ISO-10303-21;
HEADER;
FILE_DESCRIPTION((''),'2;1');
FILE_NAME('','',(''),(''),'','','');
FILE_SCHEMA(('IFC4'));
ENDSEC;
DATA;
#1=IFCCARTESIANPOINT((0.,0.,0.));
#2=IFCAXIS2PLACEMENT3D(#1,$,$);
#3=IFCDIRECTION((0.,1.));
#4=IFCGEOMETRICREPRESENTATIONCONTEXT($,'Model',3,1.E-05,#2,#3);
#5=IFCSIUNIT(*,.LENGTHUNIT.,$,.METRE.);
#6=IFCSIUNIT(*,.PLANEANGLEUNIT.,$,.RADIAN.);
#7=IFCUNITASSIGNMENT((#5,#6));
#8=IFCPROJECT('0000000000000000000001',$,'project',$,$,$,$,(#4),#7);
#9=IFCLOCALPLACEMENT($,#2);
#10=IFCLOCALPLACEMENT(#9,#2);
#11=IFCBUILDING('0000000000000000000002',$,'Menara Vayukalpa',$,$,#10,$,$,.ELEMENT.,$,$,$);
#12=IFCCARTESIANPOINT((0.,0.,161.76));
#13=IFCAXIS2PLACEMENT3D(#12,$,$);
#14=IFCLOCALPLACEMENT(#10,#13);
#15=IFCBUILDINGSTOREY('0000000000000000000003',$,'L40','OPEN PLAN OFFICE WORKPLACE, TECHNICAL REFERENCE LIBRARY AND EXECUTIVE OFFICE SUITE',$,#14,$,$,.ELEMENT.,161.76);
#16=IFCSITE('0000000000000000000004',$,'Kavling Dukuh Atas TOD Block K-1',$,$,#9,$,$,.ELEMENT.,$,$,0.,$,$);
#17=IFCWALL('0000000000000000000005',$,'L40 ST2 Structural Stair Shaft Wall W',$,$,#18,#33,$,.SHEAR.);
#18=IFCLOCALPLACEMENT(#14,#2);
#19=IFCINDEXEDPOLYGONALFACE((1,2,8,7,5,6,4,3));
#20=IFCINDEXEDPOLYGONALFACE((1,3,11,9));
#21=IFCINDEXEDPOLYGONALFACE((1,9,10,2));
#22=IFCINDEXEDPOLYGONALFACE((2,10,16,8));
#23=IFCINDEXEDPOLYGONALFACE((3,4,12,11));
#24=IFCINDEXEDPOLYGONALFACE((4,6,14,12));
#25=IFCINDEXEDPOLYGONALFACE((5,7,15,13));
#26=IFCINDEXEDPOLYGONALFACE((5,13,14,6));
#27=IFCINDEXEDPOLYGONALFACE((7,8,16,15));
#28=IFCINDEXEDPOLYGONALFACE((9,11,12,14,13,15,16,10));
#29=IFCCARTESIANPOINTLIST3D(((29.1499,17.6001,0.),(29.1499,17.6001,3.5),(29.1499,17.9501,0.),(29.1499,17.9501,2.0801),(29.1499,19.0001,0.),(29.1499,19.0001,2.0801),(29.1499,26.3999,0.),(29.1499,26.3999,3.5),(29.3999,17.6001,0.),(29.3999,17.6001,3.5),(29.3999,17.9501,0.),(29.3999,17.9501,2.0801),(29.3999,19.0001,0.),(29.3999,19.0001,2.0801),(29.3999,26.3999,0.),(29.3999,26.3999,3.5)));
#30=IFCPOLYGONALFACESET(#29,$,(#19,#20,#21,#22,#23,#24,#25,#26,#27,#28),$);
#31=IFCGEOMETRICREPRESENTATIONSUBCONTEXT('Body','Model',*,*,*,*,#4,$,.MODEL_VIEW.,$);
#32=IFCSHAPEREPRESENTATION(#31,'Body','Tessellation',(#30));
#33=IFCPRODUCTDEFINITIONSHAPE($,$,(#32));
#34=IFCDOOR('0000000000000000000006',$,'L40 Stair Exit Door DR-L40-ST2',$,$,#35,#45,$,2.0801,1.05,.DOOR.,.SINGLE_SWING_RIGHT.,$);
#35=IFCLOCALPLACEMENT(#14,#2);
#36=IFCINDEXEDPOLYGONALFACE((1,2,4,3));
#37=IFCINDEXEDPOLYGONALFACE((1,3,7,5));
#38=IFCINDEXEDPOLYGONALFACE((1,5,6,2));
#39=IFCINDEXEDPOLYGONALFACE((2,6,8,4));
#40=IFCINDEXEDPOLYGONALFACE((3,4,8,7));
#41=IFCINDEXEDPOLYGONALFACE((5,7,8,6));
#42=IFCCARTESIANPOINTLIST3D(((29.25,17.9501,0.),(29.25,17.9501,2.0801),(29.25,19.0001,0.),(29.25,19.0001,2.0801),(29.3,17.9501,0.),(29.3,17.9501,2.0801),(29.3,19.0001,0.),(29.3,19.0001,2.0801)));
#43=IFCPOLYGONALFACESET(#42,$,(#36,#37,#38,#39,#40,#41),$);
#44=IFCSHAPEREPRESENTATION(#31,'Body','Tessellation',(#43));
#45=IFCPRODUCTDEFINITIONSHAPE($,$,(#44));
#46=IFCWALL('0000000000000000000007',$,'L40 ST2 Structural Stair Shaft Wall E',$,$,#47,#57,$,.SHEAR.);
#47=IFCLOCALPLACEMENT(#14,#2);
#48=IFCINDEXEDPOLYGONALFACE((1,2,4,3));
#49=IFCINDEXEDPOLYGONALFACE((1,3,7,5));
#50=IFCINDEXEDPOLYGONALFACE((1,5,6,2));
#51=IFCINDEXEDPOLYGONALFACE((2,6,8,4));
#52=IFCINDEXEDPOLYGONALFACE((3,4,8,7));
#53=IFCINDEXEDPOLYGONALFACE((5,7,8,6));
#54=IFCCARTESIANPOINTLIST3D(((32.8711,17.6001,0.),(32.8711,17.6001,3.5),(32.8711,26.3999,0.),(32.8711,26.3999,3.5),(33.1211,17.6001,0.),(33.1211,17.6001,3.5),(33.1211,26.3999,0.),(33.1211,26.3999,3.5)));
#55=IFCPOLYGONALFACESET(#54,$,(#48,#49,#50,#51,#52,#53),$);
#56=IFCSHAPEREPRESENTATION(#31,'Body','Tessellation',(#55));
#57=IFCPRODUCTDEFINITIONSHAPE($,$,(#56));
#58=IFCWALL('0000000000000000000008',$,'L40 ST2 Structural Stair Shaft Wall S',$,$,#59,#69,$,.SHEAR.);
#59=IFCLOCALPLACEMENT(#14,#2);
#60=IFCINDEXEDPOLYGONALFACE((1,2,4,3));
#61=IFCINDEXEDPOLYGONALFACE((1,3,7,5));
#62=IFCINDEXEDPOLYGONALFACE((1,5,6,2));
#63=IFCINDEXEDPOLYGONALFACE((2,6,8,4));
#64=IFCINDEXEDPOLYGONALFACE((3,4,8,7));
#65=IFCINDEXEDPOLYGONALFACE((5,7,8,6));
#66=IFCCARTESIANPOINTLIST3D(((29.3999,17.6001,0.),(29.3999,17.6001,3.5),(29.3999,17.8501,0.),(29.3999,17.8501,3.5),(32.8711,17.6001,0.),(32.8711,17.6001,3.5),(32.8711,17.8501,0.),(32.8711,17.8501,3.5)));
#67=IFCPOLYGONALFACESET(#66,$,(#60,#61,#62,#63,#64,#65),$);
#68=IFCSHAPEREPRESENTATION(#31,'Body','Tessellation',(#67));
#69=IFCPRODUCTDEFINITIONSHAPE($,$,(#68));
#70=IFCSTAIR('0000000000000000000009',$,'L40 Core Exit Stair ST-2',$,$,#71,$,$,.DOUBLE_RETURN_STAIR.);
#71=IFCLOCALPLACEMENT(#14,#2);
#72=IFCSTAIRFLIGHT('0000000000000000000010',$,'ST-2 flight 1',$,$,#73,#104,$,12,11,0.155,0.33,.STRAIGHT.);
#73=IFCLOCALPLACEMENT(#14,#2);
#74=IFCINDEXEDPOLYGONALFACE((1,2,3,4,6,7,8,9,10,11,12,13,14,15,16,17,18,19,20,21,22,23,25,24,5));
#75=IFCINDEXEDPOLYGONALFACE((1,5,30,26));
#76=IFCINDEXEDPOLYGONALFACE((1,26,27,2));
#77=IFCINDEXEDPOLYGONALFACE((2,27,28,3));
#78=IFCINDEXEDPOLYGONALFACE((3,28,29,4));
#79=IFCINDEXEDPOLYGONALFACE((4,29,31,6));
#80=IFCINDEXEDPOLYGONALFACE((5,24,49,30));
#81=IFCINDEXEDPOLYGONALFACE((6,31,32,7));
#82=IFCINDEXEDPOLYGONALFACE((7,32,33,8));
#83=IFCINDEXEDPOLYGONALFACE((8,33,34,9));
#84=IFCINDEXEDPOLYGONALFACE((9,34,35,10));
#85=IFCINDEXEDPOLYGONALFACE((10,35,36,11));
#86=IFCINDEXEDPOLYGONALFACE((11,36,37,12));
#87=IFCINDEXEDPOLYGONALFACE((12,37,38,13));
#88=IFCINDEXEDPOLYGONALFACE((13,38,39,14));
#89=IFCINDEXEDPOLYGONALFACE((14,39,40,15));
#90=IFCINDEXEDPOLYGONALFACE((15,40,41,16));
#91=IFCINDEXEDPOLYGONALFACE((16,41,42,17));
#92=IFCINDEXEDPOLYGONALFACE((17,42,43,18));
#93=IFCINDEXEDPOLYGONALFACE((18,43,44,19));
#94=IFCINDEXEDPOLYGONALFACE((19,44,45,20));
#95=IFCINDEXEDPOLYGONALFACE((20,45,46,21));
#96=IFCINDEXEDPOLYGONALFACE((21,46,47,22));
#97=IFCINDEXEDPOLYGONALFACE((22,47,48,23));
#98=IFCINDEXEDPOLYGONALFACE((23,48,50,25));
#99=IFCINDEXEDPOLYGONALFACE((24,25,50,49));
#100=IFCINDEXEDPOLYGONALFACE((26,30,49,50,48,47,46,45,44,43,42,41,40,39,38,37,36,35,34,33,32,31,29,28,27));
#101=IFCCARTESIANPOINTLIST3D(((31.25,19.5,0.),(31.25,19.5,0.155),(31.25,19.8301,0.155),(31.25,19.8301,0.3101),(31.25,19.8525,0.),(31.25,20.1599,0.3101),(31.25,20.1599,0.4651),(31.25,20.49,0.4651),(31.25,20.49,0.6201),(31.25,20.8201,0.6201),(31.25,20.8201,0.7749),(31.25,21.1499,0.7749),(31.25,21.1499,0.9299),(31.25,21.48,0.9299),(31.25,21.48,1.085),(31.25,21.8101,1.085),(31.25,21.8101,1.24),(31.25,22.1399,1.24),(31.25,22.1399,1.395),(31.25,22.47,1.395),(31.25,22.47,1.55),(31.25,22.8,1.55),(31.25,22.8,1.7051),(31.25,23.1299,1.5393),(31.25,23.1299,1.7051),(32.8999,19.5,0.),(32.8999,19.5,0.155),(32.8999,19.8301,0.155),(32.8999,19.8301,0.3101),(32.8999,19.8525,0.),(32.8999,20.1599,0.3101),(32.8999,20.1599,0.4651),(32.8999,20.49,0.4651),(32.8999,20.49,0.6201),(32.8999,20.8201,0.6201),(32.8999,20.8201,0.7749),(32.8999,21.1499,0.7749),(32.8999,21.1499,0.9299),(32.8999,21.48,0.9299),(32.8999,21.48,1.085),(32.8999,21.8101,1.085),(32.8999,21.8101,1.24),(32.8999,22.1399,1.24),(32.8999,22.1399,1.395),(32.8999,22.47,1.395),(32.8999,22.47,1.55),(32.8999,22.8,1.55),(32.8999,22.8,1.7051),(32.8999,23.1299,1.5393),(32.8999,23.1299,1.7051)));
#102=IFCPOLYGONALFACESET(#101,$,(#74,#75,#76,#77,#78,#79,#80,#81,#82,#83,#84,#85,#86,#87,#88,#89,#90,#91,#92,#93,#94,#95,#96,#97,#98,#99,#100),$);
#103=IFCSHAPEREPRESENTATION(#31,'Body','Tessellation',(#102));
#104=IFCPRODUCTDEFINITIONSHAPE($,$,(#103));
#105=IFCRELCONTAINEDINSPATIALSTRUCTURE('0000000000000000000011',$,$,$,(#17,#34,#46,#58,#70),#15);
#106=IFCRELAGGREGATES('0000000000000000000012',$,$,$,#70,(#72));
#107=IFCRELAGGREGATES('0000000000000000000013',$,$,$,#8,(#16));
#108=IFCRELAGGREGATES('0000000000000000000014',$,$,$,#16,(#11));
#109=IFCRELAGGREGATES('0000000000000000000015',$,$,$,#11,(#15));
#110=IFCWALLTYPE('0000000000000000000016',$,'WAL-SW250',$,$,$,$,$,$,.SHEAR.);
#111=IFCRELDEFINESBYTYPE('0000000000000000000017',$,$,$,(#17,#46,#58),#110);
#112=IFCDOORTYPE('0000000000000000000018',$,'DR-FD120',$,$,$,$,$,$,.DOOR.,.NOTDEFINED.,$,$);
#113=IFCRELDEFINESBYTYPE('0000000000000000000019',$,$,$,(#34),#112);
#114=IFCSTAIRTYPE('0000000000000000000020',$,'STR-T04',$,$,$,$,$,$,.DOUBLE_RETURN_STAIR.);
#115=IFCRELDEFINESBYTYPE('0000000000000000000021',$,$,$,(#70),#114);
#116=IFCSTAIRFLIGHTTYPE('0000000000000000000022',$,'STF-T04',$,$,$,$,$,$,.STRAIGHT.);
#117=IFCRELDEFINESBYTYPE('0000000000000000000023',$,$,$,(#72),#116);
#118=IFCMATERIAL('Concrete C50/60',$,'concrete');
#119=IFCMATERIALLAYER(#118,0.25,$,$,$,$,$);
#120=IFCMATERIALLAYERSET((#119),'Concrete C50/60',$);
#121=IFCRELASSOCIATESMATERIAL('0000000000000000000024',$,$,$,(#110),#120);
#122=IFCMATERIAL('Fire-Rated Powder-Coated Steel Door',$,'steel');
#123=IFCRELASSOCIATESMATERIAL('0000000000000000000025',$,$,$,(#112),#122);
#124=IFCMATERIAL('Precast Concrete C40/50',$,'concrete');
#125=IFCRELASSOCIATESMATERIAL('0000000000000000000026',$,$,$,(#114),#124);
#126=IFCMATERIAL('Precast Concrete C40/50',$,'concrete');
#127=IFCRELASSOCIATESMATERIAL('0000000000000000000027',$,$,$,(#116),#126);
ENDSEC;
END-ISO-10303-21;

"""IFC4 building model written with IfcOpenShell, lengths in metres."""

from ifc_helpers import new_model, si_unit, direction, frame, frame_2d, origin, place, context, subcontext, project, spatial, polyline, rectangle, outline, extrude, material, layer, layer_set, type_object, element, fill, aggregate, save


model = new_model("IFC4")

# Units and contexts
model_context = context("Model", 3, precision=1e-05, world=origin(), true_north=direction((0.0, 1.0)))
body_context = subcontext(model_context, "Body", "Model", "MODEL_VIEW")
ifc_project = project(units=[si_unit("LENGTHUNIT", "METRE"), si_unit("PLANEANGLEUNIT", "RADIAN")], contexts=[model_context])

# Site, building, storey
site_placement = place(None, origin())
site = spatial("IfcSite", under=ifc_project, at=site_placement, Name="Kavling Dukuh Atas TOD Block K-1", CompositionType="ELEMENT", RefElevation=0.0)
building_placement = place(site_placement, origin())
building = spatial("IfcBuilding", under=site, at=building_placement, Name="Menara Vayukalpa", CompositionType="ELEMENT")
storey_placement = place(building_placement, frame((0.0, 0.0, 161.76)))
storey = spatial("IfcBuildingStorey", under=building, at=storey_placement, Name="L40", Description="OPEN PLAN OFFICE WORKPLACE, TECHNICAL REFERENCE LIBRARY AND EXECUTIVE OFFICE SUITE", CompositionType="ELEMENT", Elevation=161.76)

# Wall, opening, door
ifc_material_1 = material(Name="Concrete C50/60", Category="concrete")
ifc_layer_1 = layer(ifc_material_1, 0.25)
ifc_layer_set_1 = layer_set([ifc_layer_1], Name="Concrete C50/60")
wall_type_1 = type_object("IfcWallType", Name="WAL-SW250", PredefinedType="SHEAR", material=ifc_layer_set_1)
wall_1_placement = place(storey_placement, frame((29.2749, 17.6001, 0.0), z_axis=(0.0, 0.0, 1.0), x_axis=(0.0, 1.0, 0.0)))
wall_1 = element("IfcWall", 1, at=wall_1_placement, inside=storey, type_object=wall_type_1, Name="L40 ST2 Structural Stair Shaft Wall W", PredefinedType="SHEAR", context=body_context, shape_type="SweptSolid", body=[
    extrude(rectangle(XDim=8.7998, YDim=0.25, at=frame_2d((4.3999, 0.0))), origin(), (0.0, 0.0, 1.0), 3.5),
])
opening_1_placement = place(wall_1_placement, frame((0.3501, 0.0, 0.0)))
opening_1 = element("IfcOpeningElement", 2, at=opening_1_placement, cuts=wall_1, PredefinedType="OPENING", context=body_context, shape_type="SweptSolid", body=[
    extrude(rectangle(XDim=1.05, YDim=2.0801, at=frame_2d((0.5249, 1.04))), frame((0.0, 0.135, 0.0), z_axis=(0.0, -1.0, 0.0), x_axis=(1.0, 0.0, 0.0)), (0.0, 0.0, 1.0), 0.27),
])
ifc_material_2 = material(Name="Fire-Rated Powder-Coated Steel Door", Category="steel")
door_type_1 = type_object("IfcDoorType", Name="DR-FD120", OperationType="NOTDEFINED", PredefinedType="DOOR", material=ifc_material_2)
door_1_placement = place(opening_1_placement, origin())
door_1 = element("IfcDoor", 3, at=door_1_placement, inside=storey, type_object=door_type_1, Name="L40 Stair Exit Door DR-L40-ST2", OperationType="SINGLE_SWING_RIGHT", OverallHeight=2.0801, OverallWidth=1.05, PredefinedType="DOOR", context=body_context, shape_type="SweptSolid", body=[
    extrude(rectangle(XDim=1.05, YDim=2.0801, at=frame_2d((0.5249, 1.04))), frame((0.0, 0.0249, 0.0), z_axis=(0.0, -1.0, 0.0), x_axis=(1.0, 0.0, 0.0)), (0.0, 0.0, 1.0), 0.05),
])
fill(opening_1, door_1)

# Walls
wall_2_placement = place(storey_placement, frame((32.9961, 17.6001, 0.0), z_axis=(0.0, 0.0, 1.0), x_axis=(0.0, 1.0, 0.0)))
element("IfcWall", 4, at=wall_2_placement, inside=storey, type_object=wall_type_1, Name="L40 ST2 Structural Stair Shaft Wall E", PredefinedType="SHEAR", context=body_context, shape_type="SweptSolid", body=[
    extrude(rectangle(XDim=8.7998, YDim=0.25, at=frame_2d((4.3999, 0.0))), origin(), (0.0, 0.0, 1.0), 3.5),
])
wall_3_placement = place(storey_placement, frame((29.3999, 17.7251, 0.0), z_axis=(0.0, 0.0, 1.0), x_axis=(1.0, 0.0, 0.0)))
element("IfcWall", 5, at=wall_3_placement, inside=storey, type_object=wall_type_1, Name="L40 ST2 Structural Stair Shaft Wall S", PredefinedType="SHEAR", context=body_context, shape_type="SweptSolid", body=[
    extrude(rectangle(XDim=3.4712, YDim=0.25, at=frame_2d((1.7356, 0.0))), origin(), (0.0, 0.0, 1.0), 3.5),
])

# Stair, stair flight
ifc_material_3 = material(Name="Precast Concrete C40/50", Category="concrete")
stair_type = type_object("IfcStairType", Name="STR-T04", PredefinedType="DOUBLE_RETURN_STAIR", material=ifc_material_3)
stair_placement = place(storey_placement, origin())
stair = element("IfcStair", 6, at=stair_placement, inside=storey, type_object=stair_type, Name="L40 Core Exit Stair ST-2", PredefinedType="DOUBLE_RETURN_STAIR")
ifc_material_4 = material(Name="Precast Concrete C40/50", Category="concrete")
stair_flight_type = type_object("IfcStairFlightType", Name="STF-T04", PredefinedType="STRAIGHT", material=ifc_material_4)
stair_flight_placement = place(storey_placement, frame((32.075, 19.5, 0.0), z_axis=(0.0, 0.0, 1.0), x_axis=(0.0, 1.0, 0.0)))
stair_flight = element("IfcStairFlight", 7, at=stair_flight_placement, type_object=stair_flight_type, Name="ST-2 flight 1", NumberOfRisers=12, NumberOfTreads=11, PredefinedType="STRAIGHT", RiserHeight=0.155, TreadLength=0.33, context=body_context, shape_type="SweptSolid", body=[
    extrude(outline(polyline([(0.0, 0.0), (0.0, 0.155), (0.3301, 0.155), (0.3301, 0.3101), (0.6599, 0.3101), (0.6599, 0.4651), (0.99, 0.4651), (0.99, 0.6201), (1.3201, 0.6201), (1.3201, 0.7749), (1.6499, 0.7749), (1.6499, 0.9299), (1.98, 0.9299), (1.98, 1.085), (2.3101, 1.085), (2.3101, 1.24), (2.6399, 1.24), (2.6399, 1.395), (2.97, 1.395), (2.97, 1.55), (3.3, 1.55), (3.3, 1.7051), (3.6299, 1.7051), (3.6299, 1.8601), (3.6299, 1.5393), (0.3525, 0.0), (0.0, 0.0)])), frame((0.0, 0.825, 0.0), z_axis=(0.0, -1.0, 0.0), x_axis=(1.0, 0.0, 0.0)), (0.0, 0.0, 1.0), 1.6499),
])
aggregate(stair, [stair_flight])

save(model, "model.ifc")
